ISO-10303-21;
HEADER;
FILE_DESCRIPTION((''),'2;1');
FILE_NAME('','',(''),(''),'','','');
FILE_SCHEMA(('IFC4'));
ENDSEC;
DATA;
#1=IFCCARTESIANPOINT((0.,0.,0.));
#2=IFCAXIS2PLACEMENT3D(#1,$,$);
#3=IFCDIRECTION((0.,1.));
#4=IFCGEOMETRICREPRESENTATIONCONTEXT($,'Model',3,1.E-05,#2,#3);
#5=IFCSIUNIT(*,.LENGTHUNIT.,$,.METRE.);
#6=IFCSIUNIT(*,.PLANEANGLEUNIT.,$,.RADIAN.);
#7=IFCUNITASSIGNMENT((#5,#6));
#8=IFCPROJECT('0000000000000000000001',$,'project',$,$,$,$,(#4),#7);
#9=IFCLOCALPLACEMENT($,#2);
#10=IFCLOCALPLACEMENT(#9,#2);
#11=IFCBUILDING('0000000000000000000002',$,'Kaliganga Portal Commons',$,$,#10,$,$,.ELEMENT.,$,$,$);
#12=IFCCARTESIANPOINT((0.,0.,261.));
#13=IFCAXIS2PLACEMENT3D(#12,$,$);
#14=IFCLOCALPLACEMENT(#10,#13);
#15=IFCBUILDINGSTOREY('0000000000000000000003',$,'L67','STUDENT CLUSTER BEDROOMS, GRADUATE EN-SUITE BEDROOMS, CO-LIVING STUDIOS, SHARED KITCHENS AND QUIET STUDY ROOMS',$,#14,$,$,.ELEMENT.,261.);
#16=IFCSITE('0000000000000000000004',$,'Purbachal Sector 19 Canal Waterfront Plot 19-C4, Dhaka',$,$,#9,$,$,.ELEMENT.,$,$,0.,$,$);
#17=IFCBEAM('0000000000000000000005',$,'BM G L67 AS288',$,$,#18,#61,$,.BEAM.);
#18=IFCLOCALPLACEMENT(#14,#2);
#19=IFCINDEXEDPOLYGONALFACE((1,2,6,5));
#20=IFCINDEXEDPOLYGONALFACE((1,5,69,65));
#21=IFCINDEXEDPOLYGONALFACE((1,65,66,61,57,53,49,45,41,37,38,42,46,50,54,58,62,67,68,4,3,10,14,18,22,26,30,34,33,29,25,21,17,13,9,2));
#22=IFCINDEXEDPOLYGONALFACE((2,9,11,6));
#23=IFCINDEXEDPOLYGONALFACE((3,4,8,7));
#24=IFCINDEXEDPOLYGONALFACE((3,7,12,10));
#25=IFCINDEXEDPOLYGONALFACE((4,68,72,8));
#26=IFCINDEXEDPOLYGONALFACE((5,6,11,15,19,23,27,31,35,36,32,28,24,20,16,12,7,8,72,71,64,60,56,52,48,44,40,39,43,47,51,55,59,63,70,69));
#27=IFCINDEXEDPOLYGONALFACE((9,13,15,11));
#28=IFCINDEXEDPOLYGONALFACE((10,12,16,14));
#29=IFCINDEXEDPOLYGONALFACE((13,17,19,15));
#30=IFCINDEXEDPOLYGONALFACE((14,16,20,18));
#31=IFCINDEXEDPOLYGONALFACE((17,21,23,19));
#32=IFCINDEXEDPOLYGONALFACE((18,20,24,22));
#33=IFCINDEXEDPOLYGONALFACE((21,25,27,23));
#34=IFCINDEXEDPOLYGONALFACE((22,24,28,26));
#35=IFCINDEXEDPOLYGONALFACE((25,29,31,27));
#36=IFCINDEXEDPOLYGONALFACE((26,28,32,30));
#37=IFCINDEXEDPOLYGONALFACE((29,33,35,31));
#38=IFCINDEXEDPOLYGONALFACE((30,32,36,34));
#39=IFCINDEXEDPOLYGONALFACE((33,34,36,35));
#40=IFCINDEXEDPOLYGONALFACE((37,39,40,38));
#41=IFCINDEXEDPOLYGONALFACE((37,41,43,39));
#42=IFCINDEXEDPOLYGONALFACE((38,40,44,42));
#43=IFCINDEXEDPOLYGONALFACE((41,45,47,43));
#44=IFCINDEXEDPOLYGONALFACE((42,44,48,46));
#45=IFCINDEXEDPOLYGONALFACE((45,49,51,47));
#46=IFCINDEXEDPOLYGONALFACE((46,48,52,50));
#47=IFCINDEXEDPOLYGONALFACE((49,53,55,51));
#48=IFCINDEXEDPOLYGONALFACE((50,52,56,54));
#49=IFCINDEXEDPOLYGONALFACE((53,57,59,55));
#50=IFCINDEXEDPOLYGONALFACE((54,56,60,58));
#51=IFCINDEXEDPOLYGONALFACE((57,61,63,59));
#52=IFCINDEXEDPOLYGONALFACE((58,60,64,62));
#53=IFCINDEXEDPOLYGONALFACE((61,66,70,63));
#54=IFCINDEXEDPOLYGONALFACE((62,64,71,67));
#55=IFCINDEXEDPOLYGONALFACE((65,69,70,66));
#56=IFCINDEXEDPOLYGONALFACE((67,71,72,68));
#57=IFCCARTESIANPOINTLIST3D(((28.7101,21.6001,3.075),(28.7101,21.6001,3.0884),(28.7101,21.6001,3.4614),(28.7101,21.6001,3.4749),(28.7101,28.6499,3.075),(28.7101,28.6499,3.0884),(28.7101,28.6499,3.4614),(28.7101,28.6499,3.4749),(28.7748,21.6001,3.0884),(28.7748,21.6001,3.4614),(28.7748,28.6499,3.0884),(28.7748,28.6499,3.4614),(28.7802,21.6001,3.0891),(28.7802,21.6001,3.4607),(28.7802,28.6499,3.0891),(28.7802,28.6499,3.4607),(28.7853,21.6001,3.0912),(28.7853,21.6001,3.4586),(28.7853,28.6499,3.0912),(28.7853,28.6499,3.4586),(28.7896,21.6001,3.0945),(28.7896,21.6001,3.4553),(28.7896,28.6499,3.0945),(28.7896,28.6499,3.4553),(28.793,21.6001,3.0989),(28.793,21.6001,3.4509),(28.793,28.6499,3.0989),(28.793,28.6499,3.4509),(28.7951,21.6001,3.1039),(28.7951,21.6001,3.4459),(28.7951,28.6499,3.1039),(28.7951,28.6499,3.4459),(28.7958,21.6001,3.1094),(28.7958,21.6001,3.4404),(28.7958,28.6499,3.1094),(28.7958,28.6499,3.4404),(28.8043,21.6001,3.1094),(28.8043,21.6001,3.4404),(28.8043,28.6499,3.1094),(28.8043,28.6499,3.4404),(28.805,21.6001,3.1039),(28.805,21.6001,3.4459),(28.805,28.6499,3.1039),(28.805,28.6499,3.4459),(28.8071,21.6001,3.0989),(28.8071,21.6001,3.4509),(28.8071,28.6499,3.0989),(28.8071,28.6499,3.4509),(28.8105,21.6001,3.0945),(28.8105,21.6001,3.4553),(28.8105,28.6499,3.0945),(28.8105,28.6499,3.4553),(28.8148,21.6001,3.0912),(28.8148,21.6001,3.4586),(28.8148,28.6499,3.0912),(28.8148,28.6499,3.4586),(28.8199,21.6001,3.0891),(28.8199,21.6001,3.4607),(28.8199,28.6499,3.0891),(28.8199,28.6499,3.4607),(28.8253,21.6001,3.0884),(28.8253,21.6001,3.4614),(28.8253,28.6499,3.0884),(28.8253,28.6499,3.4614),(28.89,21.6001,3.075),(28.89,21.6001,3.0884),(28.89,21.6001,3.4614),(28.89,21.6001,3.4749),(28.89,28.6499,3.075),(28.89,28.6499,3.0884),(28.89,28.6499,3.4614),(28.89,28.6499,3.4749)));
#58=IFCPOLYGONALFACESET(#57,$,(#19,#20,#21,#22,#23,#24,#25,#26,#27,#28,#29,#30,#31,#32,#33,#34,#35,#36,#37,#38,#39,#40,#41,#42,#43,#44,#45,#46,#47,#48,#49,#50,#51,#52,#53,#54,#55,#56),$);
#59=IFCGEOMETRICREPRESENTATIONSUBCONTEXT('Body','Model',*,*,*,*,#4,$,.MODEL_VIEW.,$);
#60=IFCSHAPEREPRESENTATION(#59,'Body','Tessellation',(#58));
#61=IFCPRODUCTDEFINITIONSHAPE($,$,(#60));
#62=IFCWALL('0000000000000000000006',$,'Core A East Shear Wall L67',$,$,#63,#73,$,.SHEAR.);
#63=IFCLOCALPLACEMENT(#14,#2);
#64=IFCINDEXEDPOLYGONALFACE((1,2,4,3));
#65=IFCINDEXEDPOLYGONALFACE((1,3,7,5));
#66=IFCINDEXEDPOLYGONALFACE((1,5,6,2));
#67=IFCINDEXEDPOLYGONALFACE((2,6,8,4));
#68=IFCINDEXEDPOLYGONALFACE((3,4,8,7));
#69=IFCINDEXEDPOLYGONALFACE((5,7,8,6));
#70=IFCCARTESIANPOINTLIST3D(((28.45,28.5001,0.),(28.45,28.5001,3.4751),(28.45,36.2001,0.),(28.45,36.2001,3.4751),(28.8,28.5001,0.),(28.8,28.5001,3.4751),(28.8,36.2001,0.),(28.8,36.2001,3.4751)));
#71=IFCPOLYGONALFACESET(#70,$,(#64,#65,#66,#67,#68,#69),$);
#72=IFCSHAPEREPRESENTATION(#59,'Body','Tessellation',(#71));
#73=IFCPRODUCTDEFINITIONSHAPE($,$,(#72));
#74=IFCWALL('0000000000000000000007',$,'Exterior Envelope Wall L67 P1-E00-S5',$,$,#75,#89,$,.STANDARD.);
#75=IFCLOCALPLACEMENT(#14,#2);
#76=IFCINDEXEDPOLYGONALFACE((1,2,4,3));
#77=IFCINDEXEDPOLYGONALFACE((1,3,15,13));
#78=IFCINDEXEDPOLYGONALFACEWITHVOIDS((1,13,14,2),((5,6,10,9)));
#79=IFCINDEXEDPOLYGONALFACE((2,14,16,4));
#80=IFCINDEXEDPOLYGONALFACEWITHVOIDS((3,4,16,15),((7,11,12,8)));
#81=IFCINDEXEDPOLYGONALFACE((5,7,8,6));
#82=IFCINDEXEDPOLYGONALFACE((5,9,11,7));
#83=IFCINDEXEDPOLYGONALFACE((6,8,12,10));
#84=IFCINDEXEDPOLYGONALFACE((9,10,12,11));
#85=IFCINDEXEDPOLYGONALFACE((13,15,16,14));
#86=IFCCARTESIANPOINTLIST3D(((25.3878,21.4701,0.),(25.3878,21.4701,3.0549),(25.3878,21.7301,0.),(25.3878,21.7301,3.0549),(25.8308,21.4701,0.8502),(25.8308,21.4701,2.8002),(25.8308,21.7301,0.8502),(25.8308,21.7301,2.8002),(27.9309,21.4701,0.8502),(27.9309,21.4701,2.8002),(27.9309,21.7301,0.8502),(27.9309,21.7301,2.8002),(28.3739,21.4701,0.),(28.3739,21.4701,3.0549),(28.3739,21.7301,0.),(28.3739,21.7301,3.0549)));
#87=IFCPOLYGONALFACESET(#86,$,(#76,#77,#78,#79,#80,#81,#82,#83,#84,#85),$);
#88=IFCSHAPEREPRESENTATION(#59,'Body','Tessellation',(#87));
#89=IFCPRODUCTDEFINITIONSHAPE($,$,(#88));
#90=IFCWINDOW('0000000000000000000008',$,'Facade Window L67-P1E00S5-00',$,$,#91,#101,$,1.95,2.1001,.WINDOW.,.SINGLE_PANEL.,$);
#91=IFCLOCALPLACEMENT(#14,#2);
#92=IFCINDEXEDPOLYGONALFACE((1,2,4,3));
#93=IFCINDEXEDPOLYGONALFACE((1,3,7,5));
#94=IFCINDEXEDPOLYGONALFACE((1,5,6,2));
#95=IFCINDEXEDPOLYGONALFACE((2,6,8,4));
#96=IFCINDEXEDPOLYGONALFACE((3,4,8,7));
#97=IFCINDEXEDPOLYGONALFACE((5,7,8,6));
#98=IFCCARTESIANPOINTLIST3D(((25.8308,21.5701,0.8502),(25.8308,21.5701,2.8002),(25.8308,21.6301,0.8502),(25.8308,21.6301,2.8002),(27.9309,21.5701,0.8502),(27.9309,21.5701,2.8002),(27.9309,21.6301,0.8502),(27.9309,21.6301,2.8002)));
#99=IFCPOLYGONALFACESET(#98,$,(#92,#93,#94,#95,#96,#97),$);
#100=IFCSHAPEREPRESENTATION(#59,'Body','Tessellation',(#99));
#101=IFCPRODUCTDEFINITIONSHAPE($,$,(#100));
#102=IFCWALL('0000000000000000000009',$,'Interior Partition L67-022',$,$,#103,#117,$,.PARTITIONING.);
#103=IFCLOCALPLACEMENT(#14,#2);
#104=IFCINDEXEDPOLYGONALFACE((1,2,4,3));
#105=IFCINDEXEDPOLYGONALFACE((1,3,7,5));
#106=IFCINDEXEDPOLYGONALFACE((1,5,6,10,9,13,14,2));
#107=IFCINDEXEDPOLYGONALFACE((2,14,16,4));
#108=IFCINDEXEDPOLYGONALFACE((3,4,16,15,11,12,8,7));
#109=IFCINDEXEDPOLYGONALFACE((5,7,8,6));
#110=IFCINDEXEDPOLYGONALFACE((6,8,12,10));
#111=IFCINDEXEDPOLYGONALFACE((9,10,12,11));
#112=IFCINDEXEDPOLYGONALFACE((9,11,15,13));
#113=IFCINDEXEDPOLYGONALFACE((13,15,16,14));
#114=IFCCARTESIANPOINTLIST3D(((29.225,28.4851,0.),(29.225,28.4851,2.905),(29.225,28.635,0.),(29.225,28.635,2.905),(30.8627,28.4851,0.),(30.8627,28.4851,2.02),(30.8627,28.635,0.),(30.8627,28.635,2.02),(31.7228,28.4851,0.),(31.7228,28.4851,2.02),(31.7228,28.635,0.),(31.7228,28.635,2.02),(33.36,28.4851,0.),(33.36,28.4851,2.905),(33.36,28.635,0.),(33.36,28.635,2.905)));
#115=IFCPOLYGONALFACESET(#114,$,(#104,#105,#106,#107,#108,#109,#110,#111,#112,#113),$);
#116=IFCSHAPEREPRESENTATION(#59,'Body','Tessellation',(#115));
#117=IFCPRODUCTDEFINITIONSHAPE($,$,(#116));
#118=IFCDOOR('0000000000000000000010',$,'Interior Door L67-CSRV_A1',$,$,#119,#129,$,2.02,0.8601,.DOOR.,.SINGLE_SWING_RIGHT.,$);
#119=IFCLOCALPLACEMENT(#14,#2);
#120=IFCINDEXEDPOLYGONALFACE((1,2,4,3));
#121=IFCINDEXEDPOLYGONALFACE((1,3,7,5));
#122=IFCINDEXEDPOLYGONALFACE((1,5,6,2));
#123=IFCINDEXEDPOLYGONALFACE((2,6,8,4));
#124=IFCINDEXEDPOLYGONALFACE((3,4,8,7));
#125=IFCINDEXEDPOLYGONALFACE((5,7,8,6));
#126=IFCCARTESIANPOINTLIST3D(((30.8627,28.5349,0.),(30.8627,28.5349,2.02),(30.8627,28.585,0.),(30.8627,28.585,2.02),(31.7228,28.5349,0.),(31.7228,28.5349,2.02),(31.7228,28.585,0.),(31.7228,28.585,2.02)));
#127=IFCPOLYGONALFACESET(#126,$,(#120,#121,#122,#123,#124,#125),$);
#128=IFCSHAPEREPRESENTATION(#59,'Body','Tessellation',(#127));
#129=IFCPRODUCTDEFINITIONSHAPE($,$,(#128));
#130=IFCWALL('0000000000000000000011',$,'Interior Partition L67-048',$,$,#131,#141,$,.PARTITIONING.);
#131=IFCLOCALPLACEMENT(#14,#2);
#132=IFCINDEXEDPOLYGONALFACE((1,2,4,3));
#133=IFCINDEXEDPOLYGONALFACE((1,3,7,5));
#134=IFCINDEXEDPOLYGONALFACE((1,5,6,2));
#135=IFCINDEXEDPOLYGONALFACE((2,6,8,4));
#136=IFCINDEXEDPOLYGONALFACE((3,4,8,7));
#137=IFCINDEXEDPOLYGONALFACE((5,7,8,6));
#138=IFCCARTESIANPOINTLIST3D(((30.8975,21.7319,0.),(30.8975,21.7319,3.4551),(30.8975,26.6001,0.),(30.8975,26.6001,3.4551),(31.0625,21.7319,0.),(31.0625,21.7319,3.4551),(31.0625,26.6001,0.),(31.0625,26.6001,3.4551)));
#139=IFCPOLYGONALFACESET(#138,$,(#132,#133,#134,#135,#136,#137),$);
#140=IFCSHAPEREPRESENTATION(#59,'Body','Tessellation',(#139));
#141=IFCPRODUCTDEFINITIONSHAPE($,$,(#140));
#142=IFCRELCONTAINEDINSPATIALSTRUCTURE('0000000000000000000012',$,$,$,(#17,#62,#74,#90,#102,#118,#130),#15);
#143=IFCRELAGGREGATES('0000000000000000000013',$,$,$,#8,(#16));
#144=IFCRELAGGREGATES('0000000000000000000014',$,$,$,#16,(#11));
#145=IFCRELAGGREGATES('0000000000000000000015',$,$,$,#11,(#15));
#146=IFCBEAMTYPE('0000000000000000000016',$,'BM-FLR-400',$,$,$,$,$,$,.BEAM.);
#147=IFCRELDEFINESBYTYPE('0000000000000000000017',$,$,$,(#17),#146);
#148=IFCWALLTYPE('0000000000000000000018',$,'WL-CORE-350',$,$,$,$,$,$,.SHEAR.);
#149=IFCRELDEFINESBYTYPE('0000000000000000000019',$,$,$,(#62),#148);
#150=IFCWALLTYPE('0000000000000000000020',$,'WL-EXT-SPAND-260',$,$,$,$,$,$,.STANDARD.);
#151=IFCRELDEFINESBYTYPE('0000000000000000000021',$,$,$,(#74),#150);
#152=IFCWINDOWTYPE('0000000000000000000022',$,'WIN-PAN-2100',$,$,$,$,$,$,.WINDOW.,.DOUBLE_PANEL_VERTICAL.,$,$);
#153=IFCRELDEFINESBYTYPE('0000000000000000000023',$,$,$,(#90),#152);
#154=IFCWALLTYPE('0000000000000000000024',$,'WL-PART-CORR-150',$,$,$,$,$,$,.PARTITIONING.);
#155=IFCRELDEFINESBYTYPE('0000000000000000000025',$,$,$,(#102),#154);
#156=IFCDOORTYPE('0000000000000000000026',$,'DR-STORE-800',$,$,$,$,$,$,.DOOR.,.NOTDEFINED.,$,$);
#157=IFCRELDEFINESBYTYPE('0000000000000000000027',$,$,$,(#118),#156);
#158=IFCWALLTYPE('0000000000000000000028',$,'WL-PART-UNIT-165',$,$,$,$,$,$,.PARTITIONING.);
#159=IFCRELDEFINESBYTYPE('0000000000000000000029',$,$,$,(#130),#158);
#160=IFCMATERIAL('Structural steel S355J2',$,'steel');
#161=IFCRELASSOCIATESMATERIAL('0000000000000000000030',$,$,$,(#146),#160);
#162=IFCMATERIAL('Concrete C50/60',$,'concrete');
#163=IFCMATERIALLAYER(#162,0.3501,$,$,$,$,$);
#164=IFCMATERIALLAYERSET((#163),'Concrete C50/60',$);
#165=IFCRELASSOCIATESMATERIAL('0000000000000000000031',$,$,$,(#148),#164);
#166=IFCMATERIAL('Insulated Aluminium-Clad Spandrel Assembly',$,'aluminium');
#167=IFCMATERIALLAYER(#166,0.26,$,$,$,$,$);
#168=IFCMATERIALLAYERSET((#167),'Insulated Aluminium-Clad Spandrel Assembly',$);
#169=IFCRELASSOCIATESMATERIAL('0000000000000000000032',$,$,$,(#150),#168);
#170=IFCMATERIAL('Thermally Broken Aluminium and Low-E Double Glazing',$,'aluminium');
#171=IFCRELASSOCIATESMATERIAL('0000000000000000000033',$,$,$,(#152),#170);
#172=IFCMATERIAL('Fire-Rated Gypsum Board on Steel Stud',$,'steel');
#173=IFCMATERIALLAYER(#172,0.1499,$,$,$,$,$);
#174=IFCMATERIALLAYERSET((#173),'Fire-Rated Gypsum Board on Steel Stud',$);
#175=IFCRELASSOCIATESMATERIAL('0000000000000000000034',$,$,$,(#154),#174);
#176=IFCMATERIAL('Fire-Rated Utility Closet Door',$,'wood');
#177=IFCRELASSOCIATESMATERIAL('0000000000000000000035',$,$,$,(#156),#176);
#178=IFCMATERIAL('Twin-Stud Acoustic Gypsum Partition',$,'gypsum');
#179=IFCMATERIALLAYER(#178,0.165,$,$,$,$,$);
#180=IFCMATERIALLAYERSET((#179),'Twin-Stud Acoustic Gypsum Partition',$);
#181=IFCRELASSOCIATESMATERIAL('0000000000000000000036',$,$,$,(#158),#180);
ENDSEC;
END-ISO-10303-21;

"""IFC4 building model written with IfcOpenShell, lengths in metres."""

from ifc_helpers import new_model, si_unit, direction, frame, frame_2d, origin, origin_2d, place, context, subcontext, project, spatial, rectangle, i_section, extrude, source, transform, mapped, material, layer, layer_set, material_profile, profile_set, type_object, element, fill, save


model = new_model("IFC4")

# Units and contexts
model_context = context("Model", 3, precision=1e-05, world=origin(), true_north=direction((0.0, 1.0)))
body_context = subcontext(model_context, "Body", "Model", "MODEL_VIEW")
ifc_project = project(units=[si_unit("LENGTHUNIT", "METRE"), si_unit("PLANEANGLEUNIT", "RADIAN")], contexts=[model_context])

# Site, building, storey
site_placement = place(None, origin())
site = spatial("IfcSite", under=ifc_project, at=site_placement, Name="Purbachal Sector 19 Canal Waterfront Plot 19-C4, Dhaka", CompositionType="ELEMENT", RefElevation=0.0)
building_placement = place(site_placement, origin())
building = spatial("IfcBuilding", under=site, at=building_placement, Name="Kaliganga Portal Commons", CompositionType="ELEMENT")
storey_placement = place(building_placement, frame((0.0, 0.0, 261.0)))
storey = spatial("IfcBuildingStorey", under=building, at=storey_placement, Name="L67", Description="STUDENT CLUSTER BEDROOMS, GRADUATE EN-SUITE BEDROOMS, CO-LIVING STUDIOS, SHARED KITCHENS AND QUIET STUDY ROOMS", CompositionType="ELEMENT", Elevation=261.0)

# Shared definitions
ifc_material_1 = material(Name="Concrete C50/60", Category="concrete")

# Beam
ifc_material_2 = material(Name="Structural steel S355J2", Category="steel")
ifc_material_profile_1 = material_profile(ifc_material_2, i_section(OverallWidth=0.1799, OverallDepth=0.3999, WebThickness=0.0085, FlangeThickness=0.0134, FilletRadius=0.021, at=origin_2d()), Name="IPE 400")
ifc_profile_set_1 = profile_set([ifc_material_profile_1], Name="Structural steel S355J2 wide-flange")
beam_type_1 = type_object("IfcBeamType", Name="BM-FLR-400", PredefinedType="BEAM", material=ifc_profile_set_1)
shared_shape_1 = source(origin(), body_context, "Body", "SweptSolid", [
    extrude(i_section(OverallWidth=0.1799, OverallDepth=0.3999, WebThickness=0.0085, FlangeThickness=0.0134, FilletRadius=0.021, at=origin_2d()), origin(), (0.0, 0.0, 1.0), 7.0498),
])
beam_1_placement = place(storey_placement, frame((28.8, 21.6001, 3.2749), z_axis=(0.0, 1.0, 0.0), x_axis=(-1.0, 0.0, 0.0)))
element("IfcBeam", 1, at=beam_1_placement, inside=storey, type_object=beam_type_1, Name="BM G L67 AS288", PredefinedType="BEAM", context=body_context, shape_type="MappedRepresentation", body=[
    mapped(shared_shape_1, transform((0.0, 0.0, 0.0), x_axis=(1.0, 0.0, 0.0), y_axis=(0.0, 1.0, 0.0), z_axis=(0.0, 0.0, 1.0), scale=1.0)),
])

# Wall
ifc_layer_1 = layer(ifc_material_1, 0.3501)
ifc_layer_set_1 = layer_set([ifc_layer_1], Name="Concrete C50/60")
wall_type_1 = type_object("IfcWallType", Name="WL-CORE-350", PredefinedType="SHEAR", material=ifc_layer_set_1)
wall_1_placement = place(storey_placement, frame((28.625, 28.5, 0.0), z_axis=(0.0, 0.0, 1.0), x_axis=(0.0, 1.0, 0.0)))
element("IfcWall", 2, at=wall_1_placement, inside=storey, type_object=wall_type_1, Name="Core A East Shear Wall L67", PredefinedType="SHEAR", context=body_context, shape_type="SweptSolid", body=[
    extrude(rectangle(XDim=7.7, YDim=0.3501, at=frame_2d((3.8501, 0.0))), origin(), (0.0, 0.0, 1.0), 3.4751),
])

# Wall, opening, window
ifc_material_3 = material(Name="Insulated Aluminium-Clad Spandrel Assembly", Category="aluminium")
ifc_layer_2 = layer(ifc_material_3, 0.26)
ifc_layer_set_2 = layer_set([ifc_layer_2], Name="Insulated Aluminium-Clad Spandrel Assembly")
wall_type_2 = type_object("IfcWallType", Name="WL-EXT-SPAND-260", PredefinedType="STANDARD", material=ifc_layer_set_2)
wall_2_placement = place(storey_placement, frame((28.374, 21.6001, 0.0), z_axis=(0.0, 0.0, 1.0), x_axis=(-1.0, 0.0, 0.0)))
wall_2 = element("IfcWall", 3, at=wall_2_placement, inside=storey, type_object=wall_type_2, Name="Exterior Envelope Wall L67 P1-E00-S5", PredefinedType="STANDARD", context=body_context, shape_type="SweptSolid", body=[
    extrude(rectangle(XDim=2.9861, YDim=0.26, at=frame_2d((1.4932, 0.0))), origin(), (0.0, 0.0, 1.0), 3.0549),
])
opening_1_placement = place(wall_2_placement, frame((0.4431, 0.0, 0.8501)))
opening_1 = element("IfcOpeningElement", 4, at=opening_1_placement, cuts=wall_2, PredefinedType="OPENING", context=body_context, shape_type="SweptSolid", body=[
    extrude(rectangle(XDim=2.1001, YDim=1.95, at=frame_2d((1.05, 0.9751))), frame((0.0, 0.1401, 0.0), z_axis=(0.0, -1.0, 0.0), x_axis=(1.0, 0.0, 0.0)), (0.0, 0.0, 1.0), 0.28),
])
ifc_material_4 = material(Name="Thermally Broken Aluminium and Low-E Double Glazing", Category="aluminium")
window_type = type_object("IfcWindowType", Name="WIN-PAN-2100", PartitioningType="DOUBLE_PANEL_VERTICAL", PredefinedType="WINDOW", material=ifc_material_4)
window_placement = place(opening_1_placement, origin())
window = element("IfcWindow", 5, at=window_placement, inside=storey, type_object=window_type, Name="Facade Window L67-P1E00S5-00", OverallHeight=1.95, OverallWidth=2.1001, PartitioningType="SINGLE_PANEL", PredefinedType="WINDOW", context=body_context, shape_type="SweptSolid", body=[
    extrude(rectangle(XDim=2.1001, YDim=1.95, at=frame_2d((1.05, 0.9751))), frame((0.0, 0.03, 0.0), z_axis=(0.0, -1.0, 0.0), x_axis=(1.0, 0.0, 0.0)), (0.0, 0.0, 1.0), 0.0601),
])
fill(opening_1, window)

# Wall, opening, door
ifc_material_5 = material(Name="Fire-Rated Gypsum Board on Steel Stud", Category="steel")
ifc_layer_3 = layer(ifc_material_5, 0.1499)
ifc_layer_set_3 = layer_set([ifc_layer_3], Name="Fire-Rated Gypsum Board on Steel Stud")
wall_type_3 = type_object("IfcWallType", Name="WL-PART-CORR-150", PredefinedType="PARTITIONING", material=ifc_layer_set_3)
wall_3_placement = place(storey_placement, frame((29.2251, 28.5601, 0.0), z_axis=(0.0, 0.0, 1.0), x_axis=(1.0, 0.0, 0.0)))
wall_3 = element("IfcWall", 6, at=wall_3_placement, inside=storey, type_object=wall_type_3, Name="Interior Partition L67-022", PredefinedType="PARTITIONING", context=body_context, shape_type="SweptSolid", body=[
    extrude(rectangle(XDim=4.135, YDim=0.1499, at=frame_2d((2.0674, 0.0))), origin(), (0.0, 0.0, 1.0), 2.905),
])
opening_2_placement = place(wall_3_placement, frame((1.6375, 0.0, 0.0)))
opening_2 = element("IfcOpeningElement", 7, at=opening_2_placement, cuts=wall_3, PredefinedType="OPENING", context=body_context, shape_type="SweptSolid", body=[
    extrude(rectangle(XDim=0.8601, YDim=2.02, at=frame_2d((0.4302, 1.01))), frame((0.0, 0.085, 0.0), z_axis=(0.0, -1.0, 0.0), x_axis=(1.0, 0.0, 0.0)), (0.0, 0.0, 1.0), 0.1699),
])
ifc_material_6 = material(Name="Fire-Rated Utility Closet Door", Category="wood")
door_type = type_object("IfcDoorType", Name="DR-STORE-800", OperationType="NOTDEFINED", PredefinedType="DOOR", material=ifc_material_6)
door_placement = place(opening_2_placement, origin())
door = element("IfcDoor", 8, at=door_placement, inside=storey, type_object=door_type, Name="Interior Door L67-CSRV_A1", OperationType="SINGLE_SWING_RIGHT", OverallHeight=2.02, OverallWidth=0.8601, PredefinedType="DOOR", context=body_context, shape_type="SweptSolid", body=[
    extrude(rectangle(XDim=0.8601, YDim=2.02, at=frame_2d((0.4302, 1.01))), frame((0.0, 0.0249, 0.0), z_axis=(0.0, -1.0, 0.0), x_axis=(1.0, 0.0, 0.0)), (0.0, 0.0, 1.0), 0.05),
])
fill(opening_2, door)

# Wall
ifc_material_7 = material(Name="Twin-Stud Acoustic Gypsum Partition", Category="gypsum")
ifc_layer_4 = layer(ifc_material_7, 0.165)
ifc_layer_set_4 = layer_set([ifc_layer_4], Name="Twin-Stud Acoustic Gypsum Partition")
wall_type_4 = type_object("IfcWallType", Name="WL-PART-UNIT-165", PredefinedType="PARTITIONING", material=ifc_layer_set_4)
wall_4_placement = place(storey_placement, frame((30.98, 21.7319, 0.0), z_axis=(0.0, 0.0, 1.0), x_axis=(0.0, 1.0, 0.0)))
element("IfcWall", 9, at=wall_4_placement, inside=storey, type_object=wall_type_4, Name="Interior Partition L67-048", PredefinedType="PARTITIONING", context=body_context, shape_type="SweptSolid", body=[
    extrude(rectangle(XDim=4.8682, YDim=0.165, at=frame_2d((2.4341, 0.0))), origin(), (0.0, 0.0, 1.0), 3.4551),
])

save(model, "model.ifc")
